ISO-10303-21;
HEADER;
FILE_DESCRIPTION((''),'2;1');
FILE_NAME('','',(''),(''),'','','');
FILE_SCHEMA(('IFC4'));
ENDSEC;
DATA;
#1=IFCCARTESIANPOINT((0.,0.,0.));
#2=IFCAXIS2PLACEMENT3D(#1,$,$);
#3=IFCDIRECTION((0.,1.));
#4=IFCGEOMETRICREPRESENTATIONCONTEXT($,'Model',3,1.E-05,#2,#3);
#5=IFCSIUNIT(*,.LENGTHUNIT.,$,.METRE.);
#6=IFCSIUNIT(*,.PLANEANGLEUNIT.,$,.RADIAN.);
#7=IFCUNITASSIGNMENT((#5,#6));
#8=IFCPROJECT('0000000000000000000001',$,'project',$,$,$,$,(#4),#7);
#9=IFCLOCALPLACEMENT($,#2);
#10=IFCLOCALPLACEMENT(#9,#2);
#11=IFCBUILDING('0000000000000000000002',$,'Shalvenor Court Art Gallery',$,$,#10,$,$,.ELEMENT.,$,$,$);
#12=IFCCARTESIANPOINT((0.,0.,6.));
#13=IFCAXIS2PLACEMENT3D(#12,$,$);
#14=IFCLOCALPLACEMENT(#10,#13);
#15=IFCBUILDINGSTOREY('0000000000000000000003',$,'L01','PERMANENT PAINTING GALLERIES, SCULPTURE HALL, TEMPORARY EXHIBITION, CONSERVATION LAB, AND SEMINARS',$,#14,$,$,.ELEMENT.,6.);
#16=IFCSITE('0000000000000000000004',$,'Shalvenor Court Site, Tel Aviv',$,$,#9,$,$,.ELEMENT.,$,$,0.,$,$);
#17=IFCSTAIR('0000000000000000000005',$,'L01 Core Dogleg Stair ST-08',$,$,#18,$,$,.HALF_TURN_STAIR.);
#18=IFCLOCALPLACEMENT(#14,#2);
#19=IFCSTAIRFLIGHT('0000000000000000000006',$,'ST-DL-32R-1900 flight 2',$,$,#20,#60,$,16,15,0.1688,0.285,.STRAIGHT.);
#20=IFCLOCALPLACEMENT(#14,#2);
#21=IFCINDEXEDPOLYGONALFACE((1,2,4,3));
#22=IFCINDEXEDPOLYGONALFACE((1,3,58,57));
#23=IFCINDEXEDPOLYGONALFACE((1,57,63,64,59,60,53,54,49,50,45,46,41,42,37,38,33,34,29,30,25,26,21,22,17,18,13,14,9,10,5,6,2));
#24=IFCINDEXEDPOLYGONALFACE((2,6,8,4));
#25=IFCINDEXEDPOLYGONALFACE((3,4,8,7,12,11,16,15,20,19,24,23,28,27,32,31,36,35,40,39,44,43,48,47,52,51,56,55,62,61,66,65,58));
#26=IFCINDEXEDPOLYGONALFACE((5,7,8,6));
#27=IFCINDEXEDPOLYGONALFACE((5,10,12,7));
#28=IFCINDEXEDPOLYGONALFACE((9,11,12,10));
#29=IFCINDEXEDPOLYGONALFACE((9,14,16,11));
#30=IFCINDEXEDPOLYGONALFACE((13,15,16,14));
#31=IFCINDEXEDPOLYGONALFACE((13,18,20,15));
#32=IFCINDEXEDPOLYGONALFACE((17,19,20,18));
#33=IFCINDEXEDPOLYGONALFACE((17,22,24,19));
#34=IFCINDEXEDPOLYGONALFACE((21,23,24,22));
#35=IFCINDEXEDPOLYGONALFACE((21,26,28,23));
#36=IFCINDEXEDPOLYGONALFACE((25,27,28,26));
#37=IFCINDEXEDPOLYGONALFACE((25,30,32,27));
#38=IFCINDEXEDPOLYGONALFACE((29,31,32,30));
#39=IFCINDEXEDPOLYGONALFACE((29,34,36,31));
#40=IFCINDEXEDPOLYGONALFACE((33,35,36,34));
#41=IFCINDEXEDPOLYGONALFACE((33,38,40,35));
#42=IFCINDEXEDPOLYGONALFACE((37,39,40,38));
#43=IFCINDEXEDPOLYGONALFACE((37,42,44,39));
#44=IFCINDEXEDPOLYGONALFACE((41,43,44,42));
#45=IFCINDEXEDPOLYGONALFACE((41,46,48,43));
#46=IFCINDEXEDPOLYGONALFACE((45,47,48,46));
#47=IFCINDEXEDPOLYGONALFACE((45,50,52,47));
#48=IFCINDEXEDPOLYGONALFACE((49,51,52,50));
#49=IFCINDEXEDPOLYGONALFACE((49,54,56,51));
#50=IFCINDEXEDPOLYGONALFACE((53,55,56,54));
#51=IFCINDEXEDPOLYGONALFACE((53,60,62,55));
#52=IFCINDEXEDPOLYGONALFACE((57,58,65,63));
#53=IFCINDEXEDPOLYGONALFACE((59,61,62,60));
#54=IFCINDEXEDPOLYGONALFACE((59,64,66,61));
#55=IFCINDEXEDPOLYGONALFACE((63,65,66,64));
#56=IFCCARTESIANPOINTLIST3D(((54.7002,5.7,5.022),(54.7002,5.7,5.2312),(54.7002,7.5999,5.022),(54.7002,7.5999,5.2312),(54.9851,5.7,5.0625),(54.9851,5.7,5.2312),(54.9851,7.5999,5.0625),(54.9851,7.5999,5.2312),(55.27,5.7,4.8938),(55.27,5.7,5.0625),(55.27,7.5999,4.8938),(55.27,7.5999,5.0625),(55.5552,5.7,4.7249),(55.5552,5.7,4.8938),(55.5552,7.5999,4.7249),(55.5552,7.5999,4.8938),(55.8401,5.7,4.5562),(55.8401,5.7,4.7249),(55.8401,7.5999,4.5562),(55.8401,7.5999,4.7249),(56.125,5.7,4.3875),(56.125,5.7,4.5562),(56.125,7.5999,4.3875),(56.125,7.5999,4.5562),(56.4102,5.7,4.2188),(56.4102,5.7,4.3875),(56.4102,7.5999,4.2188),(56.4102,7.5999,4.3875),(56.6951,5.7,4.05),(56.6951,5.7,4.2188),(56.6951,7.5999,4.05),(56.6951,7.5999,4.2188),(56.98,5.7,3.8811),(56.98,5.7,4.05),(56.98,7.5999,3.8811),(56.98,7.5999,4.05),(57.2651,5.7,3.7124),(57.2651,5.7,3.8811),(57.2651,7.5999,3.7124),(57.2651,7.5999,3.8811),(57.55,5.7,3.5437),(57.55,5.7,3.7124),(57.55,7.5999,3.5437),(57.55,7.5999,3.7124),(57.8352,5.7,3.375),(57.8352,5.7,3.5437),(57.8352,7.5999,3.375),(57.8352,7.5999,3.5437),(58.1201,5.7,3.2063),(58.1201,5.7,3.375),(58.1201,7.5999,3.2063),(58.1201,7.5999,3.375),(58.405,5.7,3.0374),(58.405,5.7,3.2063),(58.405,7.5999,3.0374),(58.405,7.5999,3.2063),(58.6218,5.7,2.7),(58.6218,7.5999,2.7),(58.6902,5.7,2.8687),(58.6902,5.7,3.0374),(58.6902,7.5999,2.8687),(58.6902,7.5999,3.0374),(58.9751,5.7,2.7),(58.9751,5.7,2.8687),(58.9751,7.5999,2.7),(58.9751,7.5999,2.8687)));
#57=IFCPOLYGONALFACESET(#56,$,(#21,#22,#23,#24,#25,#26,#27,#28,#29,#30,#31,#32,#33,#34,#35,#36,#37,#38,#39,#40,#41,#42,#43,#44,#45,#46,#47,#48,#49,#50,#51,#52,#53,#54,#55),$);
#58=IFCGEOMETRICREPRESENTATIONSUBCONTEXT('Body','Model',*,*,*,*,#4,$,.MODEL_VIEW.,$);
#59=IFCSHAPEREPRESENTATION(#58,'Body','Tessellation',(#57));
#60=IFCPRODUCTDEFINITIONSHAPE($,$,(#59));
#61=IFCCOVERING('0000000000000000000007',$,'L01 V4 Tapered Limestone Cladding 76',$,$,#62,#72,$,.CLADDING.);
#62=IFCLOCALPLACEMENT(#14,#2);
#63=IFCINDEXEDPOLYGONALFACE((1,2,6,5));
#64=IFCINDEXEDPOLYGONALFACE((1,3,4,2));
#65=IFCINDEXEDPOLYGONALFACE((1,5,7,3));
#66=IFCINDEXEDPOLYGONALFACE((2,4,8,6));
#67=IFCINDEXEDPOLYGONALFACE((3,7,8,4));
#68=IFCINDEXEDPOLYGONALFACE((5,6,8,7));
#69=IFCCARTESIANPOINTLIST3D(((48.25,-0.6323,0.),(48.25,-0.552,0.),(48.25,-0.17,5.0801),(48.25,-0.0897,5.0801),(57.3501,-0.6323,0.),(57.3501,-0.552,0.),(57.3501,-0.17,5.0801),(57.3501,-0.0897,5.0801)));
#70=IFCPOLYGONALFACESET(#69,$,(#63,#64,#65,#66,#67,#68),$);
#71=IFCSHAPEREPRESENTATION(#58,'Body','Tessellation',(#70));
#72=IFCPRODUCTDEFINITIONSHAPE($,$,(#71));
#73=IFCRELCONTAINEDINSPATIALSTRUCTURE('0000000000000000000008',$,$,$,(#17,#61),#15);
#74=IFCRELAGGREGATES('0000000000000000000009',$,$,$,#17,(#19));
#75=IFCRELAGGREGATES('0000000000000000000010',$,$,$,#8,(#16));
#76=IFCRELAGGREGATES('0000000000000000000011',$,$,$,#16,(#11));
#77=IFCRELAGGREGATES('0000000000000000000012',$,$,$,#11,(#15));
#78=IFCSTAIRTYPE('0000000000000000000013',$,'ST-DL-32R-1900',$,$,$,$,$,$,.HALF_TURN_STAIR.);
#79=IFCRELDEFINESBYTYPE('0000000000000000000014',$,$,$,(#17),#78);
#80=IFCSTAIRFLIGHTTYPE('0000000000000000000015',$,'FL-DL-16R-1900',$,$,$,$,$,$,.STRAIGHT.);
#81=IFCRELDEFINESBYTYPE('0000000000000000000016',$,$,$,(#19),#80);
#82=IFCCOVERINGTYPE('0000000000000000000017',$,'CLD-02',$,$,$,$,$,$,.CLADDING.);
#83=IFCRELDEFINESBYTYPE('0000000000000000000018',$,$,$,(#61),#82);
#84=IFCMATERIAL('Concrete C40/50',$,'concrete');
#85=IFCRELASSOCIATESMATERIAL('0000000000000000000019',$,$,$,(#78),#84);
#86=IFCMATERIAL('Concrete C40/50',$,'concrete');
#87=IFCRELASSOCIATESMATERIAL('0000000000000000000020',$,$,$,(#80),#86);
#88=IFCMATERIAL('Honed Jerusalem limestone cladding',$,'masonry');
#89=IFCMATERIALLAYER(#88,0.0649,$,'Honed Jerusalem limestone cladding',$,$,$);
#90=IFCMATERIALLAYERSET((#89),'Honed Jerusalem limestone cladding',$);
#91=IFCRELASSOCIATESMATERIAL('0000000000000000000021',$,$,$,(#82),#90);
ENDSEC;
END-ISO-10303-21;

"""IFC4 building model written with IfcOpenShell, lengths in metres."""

from ifc_helpers import new_model, si_unit, direction, frame, origin, place, context, subcontext, project, spatial, polyline, outline, extrude, material, layer, layer_set, type_object, element, aggregate, save


model = new_model("IFC4")

# Units and contexts
model_context = context("Model", 3, precision=1e-05, world=origin(), true_north=direction((0.0, 1.0)))
body_context = subcontext(model_context, "Body", "Model", "MODEL_VIEW")
ifc_project = project(units=[si_unit("LENGTHUNIT", "METRE"), si_unit("PLANEANGLEUNIT", "RADIAN")], contexts=[model_context])

# Site, building, storey
site_placement = place(None, origin())
site = spatial("IfcSite", under=ifc_project, at=site_placement, Name="Shalvenor Court Site, Tel Aviv", CompositionType="ELEMENT", RefElevation=0.0)
building_placement = place(site_placement, origin())
building = spatial("IfcBuilding", under=site, at=building_placement, Name="Shalvenor Court Art Gallery", CompositionType="ELEMENT")
storey_placement = place(building_placement, frame((0.0, 0.0, 6.0)))
storey = spatial("IfcBuildingStorey", under=building, at=storey_placement, Name="L01", Description="PERMANENT PAINTING GALLERIES, SCULPTURE HALL, TEMPORARY EXHIBITION, CONSERVATION LAB, AND SEMINARS", CompositionType="ELEMENT", Elevation=6.0)

# Stair, stair flight
ifc_material_1 = material(Name="Concrete C40/50", Category="concrete")
stair_type = type_object("IfcStairType", Name="ST-DL-32R-1900", PredefinedType="HALF_TURN_STAIR", material=ifc_material_1)
stair_placement = place(storey_placement, origin())
stair = element("IfcStair", 1, at=stair_placement, inside=storey, type_object=stair_type, Name="L01 Core Dogleg Stair ST-08", PredefinedType="HALF_TURN_STAIR")
ifc_material_2 = material(Name="Concrete C40/50", Category="concrete")
stair_flight_type = type_object("IfcStairFlightType", Name="FL-DL-16R-1900", PredefinedType="STRAIGHT", material=ifc_material_2)
stair_flight_1_placement = place(storey_placement, frame((58.9751, 6.6499, 2.7), z_axis=(0.0, 0.0, 1.0), x_axis=(-1.0, 0.0, 0.0)))
stair_flight_1 = element("IfcStairFlight", 2, at=stair_flight_1_placement, type_object=stair_flight_type, Name="ST-DL-32R-1900 flight 2", NumberOfRisers=16, NumberOfTreads=15, PredefinedType="STRAIGHT", RiserHeight=0.1688, TreadLength=0.285, context=body_context, shape_type="SweptSolid", body=[
    extrude(outline(polyline([(0.0, 0.0), (0.0, 0.1687), (0.2849, 0.1687), (0.2849, 0.3374), (0.5701, 0.3374), (0.5701, 0.5063), (0.855, 0.5063), (0.855, 0.675), (1.1399, 0.675), (1.1399, 0.8438), (1.425, 0.8438), (1.425, 1.0125), (1.71, 1.0125), (1.71, 1.1812), (1.9951, 1.1812), (1.9951, 1.3501), (2.28, 1.3501), (2.28, 1.5188), (2.5649, 1.5188), (2.5649, 1.6875), (2.8501, 1.6875), (2.8501, 1.8562), (3.135, 1.8562), (3.135, 2.0249), (3.4199, 2.0249), (3.4199, 2.1938), (3.7051, 2.1938), (3.7051, 2.3625), (3.99, 2.3625), (3.99, 2.5312), (4.2749, 2.5312), (4.2749, 2.7), (4.2749, 2.322), (0.3533, 0.0), (0.0, 0.0)])), frame((0.0, 0.95, 0.0), z_axis=(0.0, -1.0, 0.0), x_axis=(1.0, 0.0, 0.0)), (0.0, 0.0, 1.0), 1.8999),
])
aggregate(stair, [stair_flight_1])

# Covering
ifc_material_3 = material(Name="Honed Jerusalem limestone cladding", Category="masonry")
ifc_layer_1 = layer(ifc_material_3, 0.0649, Name="Honed Jerusalem limestone cladding")
ifc_layer_set_1 = layer_set([ifc_layer_1], Name="Honed Jerusalem limestone cladding")
covering_type = type_object("IfcCoveringType", Name="CLD-02", PredefinedType="CLADDING", material=ifc_layer_set_1)
covering_placement = place(storey_placement, frame((48.25, -0.6323, 0.0), z_axis=(0.0, 0.0, 1.0), x_axis=(1.0, 0.0, 0.0)))
element("IfcCovering", 3, at=covering_placement, inside=storey, type_object=covering_type, Name="L01 V4 Tapered Limestone Cladding 76", PredefinedType="CLADDING", context=body_context, shape_type="SweptSolid", body=[
    extrude(outline(polyline([(0.0, 0.0), (9.1001, 0.0), (9.1001, 5.1011), (0.0, 5.1011), (0.0, 0.0)])), frame((0.0, 0.0, 0.0), z_axis=(0.0, -0.995884, 0.090633), x_axis=(1.0, 0.0, 0.0)), (0.0, 0.090633, -0.995884), 0.0803),
])

save(model, "model.ifc")
